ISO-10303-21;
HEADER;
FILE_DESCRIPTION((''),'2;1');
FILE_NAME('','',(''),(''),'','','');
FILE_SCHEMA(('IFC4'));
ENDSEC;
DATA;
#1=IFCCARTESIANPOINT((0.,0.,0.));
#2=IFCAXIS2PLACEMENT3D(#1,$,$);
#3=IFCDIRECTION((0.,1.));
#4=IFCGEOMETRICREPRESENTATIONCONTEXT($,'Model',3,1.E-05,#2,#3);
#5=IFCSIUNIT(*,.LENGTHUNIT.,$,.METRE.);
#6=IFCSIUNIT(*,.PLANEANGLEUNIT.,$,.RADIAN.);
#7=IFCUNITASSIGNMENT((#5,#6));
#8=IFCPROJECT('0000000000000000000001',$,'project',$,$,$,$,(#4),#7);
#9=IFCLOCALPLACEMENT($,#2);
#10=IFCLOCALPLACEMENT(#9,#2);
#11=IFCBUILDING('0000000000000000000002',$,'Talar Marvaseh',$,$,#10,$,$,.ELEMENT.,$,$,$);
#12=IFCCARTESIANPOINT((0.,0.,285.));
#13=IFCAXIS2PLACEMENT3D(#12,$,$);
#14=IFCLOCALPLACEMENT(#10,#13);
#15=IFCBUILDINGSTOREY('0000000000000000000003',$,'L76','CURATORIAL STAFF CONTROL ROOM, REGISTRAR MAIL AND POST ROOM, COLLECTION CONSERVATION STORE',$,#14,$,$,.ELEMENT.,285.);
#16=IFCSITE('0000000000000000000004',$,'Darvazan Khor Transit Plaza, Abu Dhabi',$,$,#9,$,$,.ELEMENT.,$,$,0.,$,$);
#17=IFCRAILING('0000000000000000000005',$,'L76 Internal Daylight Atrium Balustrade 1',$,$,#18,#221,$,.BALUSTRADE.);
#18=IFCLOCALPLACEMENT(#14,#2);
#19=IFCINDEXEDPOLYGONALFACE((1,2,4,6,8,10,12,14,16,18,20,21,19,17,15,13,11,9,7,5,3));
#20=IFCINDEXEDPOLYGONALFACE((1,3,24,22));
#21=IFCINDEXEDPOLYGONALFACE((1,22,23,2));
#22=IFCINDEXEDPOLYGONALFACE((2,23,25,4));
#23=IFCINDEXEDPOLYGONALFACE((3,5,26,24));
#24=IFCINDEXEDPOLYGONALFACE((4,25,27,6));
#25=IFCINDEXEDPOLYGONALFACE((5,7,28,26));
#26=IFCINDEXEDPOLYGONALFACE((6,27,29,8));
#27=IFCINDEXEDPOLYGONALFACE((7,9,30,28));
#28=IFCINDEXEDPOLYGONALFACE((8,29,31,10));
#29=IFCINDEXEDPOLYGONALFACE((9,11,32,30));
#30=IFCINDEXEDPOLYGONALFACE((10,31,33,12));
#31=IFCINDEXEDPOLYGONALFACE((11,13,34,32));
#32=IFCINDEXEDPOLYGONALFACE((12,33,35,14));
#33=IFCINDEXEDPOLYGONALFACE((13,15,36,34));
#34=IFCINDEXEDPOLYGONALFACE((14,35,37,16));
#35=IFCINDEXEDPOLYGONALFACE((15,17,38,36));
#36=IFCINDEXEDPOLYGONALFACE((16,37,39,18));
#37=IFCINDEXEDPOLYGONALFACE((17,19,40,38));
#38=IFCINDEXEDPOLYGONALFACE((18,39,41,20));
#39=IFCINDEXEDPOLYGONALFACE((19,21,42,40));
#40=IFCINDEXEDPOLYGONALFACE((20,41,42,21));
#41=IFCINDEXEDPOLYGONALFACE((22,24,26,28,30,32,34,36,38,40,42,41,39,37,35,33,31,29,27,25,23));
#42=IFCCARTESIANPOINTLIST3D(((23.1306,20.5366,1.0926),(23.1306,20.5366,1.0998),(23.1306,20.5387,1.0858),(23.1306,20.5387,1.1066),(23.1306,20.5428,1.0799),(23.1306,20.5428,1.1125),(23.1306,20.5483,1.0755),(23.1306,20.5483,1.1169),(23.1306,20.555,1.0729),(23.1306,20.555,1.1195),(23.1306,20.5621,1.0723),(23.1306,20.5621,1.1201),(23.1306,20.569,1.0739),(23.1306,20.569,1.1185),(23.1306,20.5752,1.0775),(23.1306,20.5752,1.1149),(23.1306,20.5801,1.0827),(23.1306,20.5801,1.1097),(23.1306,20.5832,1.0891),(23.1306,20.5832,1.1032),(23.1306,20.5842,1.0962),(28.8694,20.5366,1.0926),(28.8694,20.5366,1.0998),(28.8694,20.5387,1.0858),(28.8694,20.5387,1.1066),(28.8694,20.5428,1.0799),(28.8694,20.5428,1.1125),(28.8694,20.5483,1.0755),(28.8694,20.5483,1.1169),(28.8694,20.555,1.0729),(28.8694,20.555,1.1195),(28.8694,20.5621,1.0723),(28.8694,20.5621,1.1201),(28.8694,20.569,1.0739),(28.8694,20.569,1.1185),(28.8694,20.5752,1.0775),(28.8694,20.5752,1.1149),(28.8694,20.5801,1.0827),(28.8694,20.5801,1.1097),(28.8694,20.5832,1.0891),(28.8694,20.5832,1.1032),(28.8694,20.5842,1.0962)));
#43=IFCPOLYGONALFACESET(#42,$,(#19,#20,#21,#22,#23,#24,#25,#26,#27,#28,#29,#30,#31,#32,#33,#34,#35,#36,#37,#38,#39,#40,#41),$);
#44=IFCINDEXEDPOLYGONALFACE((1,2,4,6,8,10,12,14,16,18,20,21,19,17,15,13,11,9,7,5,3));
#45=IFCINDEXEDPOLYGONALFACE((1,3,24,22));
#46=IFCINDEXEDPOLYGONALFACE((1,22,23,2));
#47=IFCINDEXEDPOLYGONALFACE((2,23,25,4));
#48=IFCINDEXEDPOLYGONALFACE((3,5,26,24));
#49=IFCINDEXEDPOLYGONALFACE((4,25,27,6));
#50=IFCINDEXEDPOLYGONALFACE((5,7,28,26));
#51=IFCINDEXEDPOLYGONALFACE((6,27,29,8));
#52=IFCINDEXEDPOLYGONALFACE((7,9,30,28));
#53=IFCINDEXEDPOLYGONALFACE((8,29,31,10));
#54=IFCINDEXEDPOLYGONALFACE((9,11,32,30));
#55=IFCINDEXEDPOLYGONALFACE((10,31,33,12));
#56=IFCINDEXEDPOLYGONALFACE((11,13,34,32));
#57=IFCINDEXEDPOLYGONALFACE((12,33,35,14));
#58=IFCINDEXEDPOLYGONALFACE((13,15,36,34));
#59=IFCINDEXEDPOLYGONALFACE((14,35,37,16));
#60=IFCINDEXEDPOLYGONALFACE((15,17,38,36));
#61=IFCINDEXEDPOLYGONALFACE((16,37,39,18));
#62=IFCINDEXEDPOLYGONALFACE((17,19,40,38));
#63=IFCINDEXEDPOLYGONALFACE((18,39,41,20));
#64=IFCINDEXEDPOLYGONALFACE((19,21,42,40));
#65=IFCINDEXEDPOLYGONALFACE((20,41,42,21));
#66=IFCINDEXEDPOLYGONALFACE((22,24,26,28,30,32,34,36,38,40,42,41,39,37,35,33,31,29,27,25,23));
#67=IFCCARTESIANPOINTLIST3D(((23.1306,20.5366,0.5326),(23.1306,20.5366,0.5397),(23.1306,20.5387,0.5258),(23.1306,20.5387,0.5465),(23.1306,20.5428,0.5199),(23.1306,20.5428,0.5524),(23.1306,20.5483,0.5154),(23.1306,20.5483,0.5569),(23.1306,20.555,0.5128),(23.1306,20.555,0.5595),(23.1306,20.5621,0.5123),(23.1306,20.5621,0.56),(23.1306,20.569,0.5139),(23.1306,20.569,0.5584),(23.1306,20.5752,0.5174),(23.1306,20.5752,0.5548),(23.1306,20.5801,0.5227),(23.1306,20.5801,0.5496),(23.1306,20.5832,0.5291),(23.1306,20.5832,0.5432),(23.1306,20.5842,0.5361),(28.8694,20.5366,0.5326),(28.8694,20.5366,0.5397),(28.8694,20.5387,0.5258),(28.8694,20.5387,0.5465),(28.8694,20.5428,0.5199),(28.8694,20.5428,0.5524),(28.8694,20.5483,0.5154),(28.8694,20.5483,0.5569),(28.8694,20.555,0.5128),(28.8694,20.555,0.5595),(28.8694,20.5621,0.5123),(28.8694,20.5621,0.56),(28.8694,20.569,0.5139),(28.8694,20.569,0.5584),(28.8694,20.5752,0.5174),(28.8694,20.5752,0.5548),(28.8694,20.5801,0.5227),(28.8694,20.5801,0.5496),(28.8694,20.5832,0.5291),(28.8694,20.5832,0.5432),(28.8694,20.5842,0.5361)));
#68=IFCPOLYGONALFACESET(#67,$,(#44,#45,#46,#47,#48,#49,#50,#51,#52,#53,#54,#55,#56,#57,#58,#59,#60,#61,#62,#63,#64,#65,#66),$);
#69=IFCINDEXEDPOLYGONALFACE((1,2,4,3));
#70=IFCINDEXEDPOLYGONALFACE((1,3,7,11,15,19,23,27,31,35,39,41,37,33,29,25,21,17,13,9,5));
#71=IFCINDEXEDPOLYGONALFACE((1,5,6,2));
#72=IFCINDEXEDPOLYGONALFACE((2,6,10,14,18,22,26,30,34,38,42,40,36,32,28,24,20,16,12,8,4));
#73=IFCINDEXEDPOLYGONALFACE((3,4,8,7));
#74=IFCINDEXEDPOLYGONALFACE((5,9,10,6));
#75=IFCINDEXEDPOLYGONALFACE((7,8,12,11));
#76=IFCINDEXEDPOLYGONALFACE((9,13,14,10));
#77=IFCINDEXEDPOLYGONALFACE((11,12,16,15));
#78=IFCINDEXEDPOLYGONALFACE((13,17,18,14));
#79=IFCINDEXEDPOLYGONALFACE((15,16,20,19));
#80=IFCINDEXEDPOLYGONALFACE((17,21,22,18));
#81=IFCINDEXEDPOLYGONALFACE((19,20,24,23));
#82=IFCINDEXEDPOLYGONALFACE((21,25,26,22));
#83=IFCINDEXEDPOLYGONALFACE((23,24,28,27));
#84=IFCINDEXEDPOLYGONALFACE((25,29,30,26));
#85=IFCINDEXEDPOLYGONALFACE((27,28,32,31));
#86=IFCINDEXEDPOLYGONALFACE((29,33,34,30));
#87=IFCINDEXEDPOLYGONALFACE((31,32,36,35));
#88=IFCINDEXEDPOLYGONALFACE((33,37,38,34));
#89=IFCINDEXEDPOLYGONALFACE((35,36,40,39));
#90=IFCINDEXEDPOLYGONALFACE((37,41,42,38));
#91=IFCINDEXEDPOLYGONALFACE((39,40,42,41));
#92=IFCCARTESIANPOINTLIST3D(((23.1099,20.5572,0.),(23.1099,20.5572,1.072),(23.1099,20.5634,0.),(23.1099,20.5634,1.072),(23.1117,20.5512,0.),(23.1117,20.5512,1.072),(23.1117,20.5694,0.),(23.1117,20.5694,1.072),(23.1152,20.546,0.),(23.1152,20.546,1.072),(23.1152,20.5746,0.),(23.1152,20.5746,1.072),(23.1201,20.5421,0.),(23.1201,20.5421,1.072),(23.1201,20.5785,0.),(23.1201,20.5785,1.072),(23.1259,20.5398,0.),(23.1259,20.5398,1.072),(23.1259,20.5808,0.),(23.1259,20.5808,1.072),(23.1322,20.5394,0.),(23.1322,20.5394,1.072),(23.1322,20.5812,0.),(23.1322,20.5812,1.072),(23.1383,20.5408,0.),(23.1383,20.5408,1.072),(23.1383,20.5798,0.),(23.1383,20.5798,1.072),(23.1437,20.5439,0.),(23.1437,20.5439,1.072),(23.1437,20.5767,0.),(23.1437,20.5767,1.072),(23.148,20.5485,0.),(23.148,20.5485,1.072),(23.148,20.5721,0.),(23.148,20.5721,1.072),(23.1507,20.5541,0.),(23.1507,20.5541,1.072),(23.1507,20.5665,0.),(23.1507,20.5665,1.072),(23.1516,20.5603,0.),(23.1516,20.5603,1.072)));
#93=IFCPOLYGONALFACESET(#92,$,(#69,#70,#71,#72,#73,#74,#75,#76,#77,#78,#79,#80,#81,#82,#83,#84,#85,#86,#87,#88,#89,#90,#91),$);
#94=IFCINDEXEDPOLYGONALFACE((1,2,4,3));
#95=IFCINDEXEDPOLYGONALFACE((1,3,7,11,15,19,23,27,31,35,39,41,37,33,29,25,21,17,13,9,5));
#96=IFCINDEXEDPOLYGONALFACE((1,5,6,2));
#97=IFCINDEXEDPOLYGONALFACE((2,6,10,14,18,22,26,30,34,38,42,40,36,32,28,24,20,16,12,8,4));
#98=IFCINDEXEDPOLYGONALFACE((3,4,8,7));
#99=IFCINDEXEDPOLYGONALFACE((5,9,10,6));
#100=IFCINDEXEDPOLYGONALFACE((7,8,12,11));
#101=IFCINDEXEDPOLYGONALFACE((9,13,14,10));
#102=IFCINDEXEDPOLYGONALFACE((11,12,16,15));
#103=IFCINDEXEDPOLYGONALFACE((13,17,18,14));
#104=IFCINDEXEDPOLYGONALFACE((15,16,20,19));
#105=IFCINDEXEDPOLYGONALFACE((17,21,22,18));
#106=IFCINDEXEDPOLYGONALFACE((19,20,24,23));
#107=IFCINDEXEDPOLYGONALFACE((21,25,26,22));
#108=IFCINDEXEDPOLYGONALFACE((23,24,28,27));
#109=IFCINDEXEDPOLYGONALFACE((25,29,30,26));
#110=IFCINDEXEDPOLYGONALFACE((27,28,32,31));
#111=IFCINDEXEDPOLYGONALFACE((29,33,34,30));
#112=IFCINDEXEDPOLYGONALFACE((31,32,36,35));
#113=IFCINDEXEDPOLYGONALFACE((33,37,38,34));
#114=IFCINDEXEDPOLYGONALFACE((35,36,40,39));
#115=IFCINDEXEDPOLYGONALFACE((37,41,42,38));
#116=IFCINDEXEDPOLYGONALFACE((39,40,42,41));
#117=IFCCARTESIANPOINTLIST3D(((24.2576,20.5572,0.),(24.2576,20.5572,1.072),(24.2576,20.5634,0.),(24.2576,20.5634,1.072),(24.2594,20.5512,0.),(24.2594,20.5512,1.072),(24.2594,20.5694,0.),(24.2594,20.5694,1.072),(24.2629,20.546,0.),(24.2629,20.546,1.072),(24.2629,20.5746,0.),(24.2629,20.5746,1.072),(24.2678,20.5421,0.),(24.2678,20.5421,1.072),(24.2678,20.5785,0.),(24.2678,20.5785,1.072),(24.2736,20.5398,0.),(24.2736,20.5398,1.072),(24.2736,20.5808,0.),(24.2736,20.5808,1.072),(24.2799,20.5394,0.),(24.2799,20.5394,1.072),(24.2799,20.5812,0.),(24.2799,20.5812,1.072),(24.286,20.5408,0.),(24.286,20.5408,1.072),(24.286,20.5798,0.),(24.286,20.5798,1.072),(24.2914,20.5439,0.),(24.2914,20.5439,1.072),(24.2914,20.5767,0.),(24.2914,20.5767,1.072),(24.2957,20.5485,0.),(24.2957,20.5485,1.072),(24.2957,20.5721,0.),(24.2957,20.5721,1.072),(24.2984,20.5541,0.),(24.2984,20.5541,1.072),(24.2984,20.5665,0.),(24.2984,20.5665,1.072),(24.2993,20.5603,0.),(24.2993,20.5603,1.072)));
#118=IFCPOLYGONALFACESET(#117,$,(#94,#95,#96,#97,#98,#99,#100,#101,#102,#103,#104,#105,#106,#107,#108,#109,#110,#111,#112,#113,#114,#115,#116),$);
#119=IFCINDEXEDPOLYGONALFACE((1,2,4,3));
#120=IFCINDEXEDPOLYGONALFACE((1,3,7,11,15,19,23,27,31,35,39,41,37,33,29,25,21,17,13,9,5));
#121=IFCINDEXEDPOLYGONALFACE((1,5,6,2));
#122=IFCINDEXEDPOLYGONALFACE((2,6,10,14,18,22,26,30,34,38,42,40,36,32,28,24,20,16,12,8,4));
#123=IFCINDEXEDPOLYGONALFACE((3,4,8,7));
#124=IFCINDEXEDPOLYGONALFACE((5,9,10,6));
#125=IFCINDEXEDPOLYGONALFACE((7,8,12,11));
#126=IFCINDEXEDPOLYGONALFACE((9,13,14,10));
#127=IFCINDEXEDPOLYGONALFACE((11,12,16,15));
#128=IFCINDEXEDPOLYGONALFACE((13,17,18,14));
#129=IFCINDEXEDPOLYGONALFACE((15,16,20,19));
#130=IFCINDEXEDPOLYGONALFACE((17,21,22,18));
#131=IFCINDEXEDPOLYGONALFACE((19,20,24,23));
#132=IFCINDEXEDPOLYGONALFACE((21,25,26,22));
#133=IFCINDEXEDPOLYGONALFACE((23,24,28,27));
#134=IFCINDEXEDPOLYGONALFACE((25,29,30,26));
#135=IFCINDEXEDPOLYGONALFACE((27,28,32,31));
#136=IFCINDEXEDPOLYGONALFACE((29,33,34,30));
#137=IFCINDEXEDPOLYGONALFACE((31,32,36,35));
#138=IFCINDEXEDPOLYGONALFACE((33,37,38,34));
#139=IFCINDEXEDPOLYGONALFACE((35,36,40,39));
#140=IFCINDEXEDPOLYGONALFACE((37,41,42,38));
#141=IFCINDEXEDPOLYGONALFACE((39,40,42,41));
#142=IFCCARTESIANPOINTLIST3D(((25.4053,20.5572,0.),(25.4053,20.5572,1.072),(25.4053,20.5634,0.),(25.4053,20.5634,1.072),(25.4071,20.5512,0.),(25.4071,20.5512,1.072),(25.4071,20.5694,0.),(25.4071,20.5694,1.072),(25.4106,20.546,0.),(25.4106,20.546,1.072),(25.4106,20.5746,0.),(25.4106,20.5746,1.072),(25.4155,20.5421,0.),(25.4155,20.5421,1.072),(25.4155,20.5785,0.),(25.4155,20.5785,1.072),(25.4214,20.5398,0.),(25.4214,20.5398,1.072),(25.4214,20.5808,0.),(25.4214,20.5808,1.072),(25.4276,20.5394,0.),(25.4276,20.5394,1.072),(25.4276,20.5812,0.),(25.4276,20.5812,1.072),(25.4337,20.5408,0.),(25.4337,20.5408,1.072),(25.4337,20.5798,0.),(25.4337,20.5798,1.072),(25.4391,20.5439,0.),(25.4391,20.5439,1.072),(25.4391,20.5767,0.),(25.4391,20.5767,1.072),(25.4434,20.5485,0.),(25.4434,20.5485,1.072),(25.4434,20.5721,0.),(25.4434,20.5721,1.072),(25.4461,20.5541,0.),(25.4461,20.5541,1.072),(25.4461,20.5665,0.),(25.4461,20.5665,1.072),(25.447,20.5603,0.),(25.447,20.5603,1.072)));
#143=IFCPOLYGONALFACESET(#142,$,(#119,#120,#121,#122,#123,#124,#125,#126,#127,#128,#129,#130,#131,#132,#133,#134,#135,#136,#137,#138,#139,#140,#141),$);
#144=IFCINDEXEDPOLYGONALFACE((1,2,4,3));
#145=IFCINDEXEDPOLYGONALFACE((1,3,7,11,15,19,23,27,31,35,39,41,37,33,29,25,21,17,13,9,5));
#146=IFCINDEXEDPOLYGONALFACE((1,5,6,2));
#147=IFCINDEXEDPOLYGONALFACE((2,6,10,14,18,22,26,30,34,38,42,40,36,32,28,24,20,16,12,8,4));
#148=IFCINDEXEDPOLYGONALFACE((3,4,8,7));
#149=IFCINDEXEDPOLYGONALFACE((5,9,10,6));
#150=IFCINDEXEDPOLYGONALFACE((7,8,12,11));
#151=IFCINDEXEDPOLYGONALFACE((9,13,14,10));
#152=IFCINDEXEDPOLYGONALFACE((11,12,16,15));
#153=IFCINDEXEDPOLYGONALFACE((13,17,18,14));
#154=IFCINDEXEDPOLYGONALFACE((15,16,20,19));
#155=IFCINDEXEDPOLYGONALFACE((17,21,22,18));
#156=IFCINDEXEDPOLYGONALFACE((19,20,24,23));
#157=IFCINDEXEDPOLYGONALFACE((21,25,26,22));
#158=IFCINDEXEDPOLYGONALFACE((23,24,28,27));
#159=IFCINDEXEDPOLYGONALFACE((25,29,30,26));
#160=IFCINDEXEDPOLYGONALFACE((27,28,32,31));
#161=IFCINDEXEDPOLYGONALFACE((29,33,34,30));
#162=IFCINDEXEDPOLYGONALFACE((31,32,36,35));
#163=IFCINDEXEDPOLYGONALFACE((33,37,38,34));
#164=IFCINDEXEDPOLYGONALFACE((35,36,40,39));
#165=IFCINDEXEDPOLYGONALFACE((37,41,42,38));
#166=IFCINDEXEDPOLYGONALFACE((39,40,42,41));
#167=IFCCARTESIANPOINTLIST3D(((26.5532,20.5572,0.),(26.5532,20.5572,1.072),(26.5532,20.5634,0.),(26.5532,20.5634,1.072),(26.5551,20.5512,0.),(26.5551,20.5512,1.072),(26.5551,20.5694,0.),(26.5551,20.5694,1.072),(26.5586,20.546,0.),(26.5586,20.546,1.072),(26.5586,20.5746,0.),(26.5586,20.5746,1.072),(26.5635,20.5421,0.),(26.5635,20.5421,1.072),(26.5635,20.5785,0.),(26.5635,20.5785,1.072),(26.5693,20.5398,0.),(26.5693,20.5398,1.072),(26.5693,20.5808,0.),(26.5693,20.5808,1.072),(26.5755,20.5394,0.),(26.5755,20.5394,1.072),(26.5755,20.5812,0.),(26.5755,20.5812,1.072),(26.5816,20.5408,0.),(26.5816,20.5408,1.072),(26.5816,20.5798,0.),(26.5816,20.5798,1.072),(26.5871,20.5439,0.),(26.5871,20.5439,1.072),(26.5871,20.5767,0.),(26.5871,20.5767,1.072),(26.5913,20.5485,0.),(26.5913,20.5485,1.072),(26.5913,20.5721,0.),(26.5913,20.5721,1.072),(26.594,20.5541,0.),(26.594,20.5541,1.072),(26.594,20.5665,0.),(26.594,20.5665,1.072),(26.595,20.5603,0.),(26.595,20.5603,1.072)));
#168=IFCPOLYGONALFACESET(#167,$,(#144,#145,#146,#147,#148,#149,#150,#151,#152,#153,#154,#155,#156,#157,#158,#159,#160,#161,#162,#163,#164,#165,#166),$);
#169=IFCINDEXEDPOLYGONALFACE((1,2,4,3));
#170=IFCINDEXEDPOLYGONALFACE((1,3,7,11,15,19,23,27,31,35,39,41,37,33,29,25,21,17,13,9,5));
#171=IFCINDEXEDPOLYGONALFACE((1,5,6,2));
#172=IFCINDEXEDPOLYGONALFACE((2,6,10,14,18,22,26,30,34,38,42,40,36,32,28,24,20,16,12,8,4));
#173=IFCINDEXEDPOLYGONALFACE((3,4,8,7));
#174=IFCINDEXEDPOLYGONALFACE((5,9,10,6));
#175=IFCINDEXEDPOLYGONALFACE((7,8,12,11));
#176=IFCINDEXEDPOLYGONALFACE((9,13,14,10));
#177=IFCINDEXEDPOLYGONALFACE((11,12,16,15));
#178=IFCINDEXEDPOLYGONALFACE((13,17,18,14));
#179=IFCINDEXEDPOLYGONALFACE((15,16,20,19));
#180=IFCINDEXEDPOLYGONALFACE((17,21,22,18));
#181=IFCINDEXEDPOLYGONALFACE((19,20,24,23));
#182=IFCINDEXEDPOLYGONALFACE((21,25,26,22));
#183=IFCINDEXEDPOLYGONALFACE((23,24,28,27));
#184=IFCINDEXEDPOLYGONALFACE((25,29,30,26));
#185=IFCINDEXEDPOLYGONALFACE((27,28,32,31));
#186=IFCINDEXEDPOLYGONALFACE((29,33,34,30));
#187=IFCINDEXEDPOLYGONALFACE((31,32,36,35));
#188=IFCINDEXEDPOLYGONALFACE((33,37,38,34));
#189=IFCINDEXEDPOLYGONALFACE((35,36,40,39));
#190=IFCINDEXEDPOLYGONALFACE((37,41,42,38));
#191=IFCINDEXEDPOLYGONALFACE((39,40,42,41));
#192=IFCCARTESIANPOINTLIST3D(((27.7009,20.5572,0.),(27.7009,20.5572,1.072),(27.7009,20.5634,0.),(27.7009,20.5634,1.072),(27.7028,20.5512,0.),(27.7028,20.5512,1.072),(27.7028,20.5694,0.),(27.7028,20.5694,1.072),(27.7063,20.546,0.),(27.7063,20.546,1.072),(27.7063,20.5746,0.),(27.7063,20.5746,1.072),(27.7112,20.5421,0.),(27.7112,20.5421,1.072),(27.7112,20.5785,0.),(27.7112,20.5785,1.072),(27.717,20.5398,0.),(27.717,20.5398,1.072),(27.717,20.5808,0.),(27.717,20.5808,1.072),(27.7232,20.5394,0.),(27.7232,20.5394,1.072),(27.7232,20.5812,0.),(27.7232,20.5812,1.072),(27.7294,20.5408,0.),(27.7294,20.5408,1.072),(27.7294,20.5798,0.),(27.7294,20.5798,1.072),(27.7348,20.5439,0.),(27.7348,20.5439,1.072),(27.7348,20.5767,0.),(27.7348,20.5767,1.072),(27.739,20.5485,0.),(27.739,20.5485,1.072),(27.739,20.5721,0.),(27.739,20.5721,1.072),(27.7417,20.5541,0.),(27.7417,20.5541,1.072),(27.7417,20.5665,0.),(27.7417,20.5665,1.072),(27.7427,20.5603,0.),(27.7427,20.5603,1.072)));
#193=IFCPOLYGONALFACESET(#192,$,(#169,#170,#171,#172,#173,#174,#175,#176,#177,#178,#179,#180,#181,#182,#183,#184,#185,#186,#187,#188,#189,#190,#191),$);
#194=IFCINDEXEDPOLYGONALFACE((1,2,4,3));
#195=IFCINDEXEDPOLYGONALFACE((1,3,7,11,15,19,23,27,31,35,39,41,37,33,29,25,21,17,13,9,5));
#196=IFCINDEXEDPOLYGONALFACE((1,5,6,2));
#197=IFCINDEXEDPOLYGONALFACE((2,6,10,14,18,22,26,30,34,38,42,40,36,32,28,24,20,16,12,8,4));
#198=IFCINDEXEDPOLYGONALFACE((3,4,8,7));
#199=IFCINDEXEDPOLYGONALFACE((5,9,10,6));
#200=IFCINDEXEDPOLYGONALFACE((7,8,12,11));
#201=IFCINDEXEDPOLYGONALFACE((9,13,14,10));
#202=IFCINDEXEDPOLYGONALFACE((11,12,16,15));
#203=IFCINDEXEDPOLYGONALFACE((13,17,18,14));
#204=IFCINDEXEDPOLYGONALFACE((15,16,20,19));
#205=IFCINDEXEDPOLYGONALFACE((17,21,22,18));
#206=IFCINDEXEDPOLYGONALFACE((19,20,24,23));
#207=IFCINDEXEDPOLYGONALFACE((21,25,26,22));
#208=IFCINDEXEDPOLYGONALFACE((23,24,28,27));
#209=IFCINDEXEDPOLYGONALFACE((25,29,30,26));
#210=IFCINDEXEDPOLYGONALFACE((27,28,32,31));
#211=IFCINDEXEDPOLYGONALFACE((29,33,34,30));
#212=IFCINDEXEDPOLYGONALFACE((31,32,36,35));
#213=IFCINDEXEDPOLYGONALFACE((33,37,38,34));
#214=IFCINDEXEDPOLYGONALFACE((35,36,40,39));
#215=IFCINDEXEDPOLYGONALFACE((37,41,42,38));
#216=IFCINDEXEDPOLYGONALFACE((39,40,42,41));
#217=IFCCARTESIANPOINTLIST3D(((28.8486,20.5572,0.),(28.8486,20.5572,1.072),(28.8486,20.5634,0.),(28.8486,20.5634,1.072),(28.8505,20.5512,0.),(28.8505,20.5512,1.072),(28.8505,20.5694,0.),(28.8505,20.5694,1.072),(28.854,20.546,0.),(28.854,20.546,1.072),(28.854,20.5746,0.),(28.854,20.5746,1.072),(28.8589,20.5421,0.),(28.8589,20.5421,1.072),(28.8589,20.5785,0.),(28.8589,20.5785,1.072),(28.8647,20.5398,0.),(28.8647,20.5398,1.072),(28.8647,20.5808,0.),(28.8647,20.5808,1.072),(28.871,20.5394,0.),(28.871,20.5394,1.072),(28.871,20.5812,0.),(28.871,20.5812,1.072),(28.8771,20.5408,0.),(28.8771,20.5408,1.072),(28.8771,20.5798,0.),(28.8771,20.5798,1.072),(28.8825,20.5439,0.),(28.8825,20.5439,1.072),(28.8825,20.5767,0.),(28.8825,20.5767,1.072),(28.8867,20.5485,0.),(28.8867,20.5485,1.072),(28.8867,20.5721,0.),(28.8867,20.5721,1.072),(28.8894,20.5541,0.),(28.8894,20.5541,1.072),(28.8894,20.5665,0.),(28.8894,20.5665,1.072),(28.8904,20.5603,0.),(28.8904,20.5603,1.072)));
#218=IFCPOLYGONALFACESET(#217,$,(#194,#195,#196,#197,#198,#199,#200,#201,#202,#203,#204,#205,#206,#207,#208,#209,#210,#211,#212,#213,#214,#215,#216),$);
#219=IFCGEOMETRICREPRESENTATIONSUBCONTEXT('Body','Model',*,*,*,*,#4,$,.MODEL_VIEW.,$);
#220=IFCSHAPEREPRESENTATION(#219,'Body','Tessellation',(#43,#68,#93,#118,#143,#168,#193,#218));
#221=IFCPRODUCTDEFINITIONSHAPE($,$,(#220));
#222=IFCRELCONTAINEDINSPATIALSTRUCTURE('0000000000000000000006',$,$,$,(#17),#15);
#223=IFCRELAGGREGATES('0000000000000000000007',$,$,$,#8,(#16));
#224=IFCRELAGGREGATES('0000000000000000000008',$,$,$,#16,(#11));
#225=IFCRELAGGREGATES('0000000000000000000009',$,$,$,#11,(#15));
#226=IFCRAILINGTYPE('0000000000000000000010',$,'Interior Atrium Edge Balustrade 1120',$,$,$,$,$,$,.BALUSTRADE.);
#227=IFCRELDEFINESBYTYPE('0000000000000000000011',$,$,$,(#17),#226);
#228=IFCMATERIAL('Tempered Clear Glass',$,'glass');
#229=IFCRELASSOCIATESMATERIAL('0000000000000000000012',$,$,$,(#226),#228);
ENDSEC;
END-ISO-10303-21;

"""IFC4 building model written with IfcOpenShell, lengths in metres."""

from ifc_helpers import new_model, si_unit, direction, frame, origin, origin_2d, place, context, subcontext, project, spatial, circle, extrude, material, type_object, element, save


model = new_model("IFC4")

# Units and contexts
model_context = context("Model", 3, precision=1e-05, world=origin(), true_north=direction((0.0, 1.0)))
body_context = subcontext(model_context, "Body", "Model", "MODEL_VIEW")
ifc_project = project(units=[si_unit("LENGTHUNIT", "METRE"), si_unit("PLANEANGLEUNIT", "RADIAN")], contexts=[model_context])

# Site, building, storey
site_placement = place(None, origin())
site = spatial("IfcSite", under=ifc_project, at=site_placement, Name="Darvazan Khor Transit Plaza, Abu Dhabi", CompositionType="ELEMENT", RefElevation=0.0)
building_placement = place(site_placement, origin())
building = spatial("IfcBuilding", under=site, at=building_placement, Name="Talar Marvaseh", CompositionType="ELEMENT")
storey_placement = place(building_placement, frame((0.0, 0.0, 285.0)))
storey = spatial("IfcBuildingStorey", under=building, at=storey_placement, Name="L76", Description="CURATORIAL STAFF CONTROL ROOM, REGISTRAR MAIL AND POST ROOM, COLLECTION CONSERVATION STORE", CompositionType="ELEMENT", Elevation=285.0)

# Railing
ifc_material_1 = material(Name="Tempered Clear Glass", Category="glass")
railing_type_1 = type_object("IfcRailingType", Name="Interior Atrium Edge Balustrade 1120", PredefinedType="BALUSTRADE", material=ifc_material_1)
railing_1_placement = place(storey_placement, frame((23.1306, 20.5603, 0.0)))
element("IfcRailing", 1, at=railing_1_placement, inside=storey, type_object=railing_type_1, Name="L76 Internal Daylight Atrium Balustrade 1", PredefinedType="BALUSTRADE", context=body_context, shape_type="SweptSolid", body=[
    extrude(circle(Radius=0.0239, at=origin_2d()), frame((0.0, 0.0, 1.0962), z_axis=(1.0, 0.0, 0.0), x_axis=(0.0, 1.0, 0.0)), (0.0, 0.0, 1.0), 5.7388),
    extrude(circle(Radius=0.0239, at=origin_2d()), frame((0.0, 0.0, 0.5361), z_axis=(1.0, 0.0, 0.0), x_axis=(0.0, 1.0, 0.0)), (0.0, 0.0, 1.0), 5.7388),
    extrude(circle(Radius=0.021, at=origin_2d()), origin(), (0.0, 0.0, 1.0), 1.072),
    extrude(circle(Radius=0.021, at=origin_2d()), frame((1.1477, 0.0, 0.0)), (0.0, 0.0, 1.0), 1.072),
    extrude(circle(Radius=0.021, at=origin_2d()), frame((2.2954, 0.0, 0.0)), (0.0, 0.0, 1.0), 1.072),
    extrude(circle(Radius=0.021, at=origin_2d()), frame((3.4434, 0.0, 0.0)), (0.0, 0.0, 1.0), 1.072),
    extrude(circle(Radius=0.021, at=origin_2d()), frame((4.5911, 0.0, 0.0)), (0.0, 0.0, 1.0), 1.072),
    extrude(circle(Radius=0.021, at=origin_2d()), frame((5.7388, 0.0, 0.0)), (0.0, 0.0, 1.0), 1.072),
])

save(model, "model.ifc")
